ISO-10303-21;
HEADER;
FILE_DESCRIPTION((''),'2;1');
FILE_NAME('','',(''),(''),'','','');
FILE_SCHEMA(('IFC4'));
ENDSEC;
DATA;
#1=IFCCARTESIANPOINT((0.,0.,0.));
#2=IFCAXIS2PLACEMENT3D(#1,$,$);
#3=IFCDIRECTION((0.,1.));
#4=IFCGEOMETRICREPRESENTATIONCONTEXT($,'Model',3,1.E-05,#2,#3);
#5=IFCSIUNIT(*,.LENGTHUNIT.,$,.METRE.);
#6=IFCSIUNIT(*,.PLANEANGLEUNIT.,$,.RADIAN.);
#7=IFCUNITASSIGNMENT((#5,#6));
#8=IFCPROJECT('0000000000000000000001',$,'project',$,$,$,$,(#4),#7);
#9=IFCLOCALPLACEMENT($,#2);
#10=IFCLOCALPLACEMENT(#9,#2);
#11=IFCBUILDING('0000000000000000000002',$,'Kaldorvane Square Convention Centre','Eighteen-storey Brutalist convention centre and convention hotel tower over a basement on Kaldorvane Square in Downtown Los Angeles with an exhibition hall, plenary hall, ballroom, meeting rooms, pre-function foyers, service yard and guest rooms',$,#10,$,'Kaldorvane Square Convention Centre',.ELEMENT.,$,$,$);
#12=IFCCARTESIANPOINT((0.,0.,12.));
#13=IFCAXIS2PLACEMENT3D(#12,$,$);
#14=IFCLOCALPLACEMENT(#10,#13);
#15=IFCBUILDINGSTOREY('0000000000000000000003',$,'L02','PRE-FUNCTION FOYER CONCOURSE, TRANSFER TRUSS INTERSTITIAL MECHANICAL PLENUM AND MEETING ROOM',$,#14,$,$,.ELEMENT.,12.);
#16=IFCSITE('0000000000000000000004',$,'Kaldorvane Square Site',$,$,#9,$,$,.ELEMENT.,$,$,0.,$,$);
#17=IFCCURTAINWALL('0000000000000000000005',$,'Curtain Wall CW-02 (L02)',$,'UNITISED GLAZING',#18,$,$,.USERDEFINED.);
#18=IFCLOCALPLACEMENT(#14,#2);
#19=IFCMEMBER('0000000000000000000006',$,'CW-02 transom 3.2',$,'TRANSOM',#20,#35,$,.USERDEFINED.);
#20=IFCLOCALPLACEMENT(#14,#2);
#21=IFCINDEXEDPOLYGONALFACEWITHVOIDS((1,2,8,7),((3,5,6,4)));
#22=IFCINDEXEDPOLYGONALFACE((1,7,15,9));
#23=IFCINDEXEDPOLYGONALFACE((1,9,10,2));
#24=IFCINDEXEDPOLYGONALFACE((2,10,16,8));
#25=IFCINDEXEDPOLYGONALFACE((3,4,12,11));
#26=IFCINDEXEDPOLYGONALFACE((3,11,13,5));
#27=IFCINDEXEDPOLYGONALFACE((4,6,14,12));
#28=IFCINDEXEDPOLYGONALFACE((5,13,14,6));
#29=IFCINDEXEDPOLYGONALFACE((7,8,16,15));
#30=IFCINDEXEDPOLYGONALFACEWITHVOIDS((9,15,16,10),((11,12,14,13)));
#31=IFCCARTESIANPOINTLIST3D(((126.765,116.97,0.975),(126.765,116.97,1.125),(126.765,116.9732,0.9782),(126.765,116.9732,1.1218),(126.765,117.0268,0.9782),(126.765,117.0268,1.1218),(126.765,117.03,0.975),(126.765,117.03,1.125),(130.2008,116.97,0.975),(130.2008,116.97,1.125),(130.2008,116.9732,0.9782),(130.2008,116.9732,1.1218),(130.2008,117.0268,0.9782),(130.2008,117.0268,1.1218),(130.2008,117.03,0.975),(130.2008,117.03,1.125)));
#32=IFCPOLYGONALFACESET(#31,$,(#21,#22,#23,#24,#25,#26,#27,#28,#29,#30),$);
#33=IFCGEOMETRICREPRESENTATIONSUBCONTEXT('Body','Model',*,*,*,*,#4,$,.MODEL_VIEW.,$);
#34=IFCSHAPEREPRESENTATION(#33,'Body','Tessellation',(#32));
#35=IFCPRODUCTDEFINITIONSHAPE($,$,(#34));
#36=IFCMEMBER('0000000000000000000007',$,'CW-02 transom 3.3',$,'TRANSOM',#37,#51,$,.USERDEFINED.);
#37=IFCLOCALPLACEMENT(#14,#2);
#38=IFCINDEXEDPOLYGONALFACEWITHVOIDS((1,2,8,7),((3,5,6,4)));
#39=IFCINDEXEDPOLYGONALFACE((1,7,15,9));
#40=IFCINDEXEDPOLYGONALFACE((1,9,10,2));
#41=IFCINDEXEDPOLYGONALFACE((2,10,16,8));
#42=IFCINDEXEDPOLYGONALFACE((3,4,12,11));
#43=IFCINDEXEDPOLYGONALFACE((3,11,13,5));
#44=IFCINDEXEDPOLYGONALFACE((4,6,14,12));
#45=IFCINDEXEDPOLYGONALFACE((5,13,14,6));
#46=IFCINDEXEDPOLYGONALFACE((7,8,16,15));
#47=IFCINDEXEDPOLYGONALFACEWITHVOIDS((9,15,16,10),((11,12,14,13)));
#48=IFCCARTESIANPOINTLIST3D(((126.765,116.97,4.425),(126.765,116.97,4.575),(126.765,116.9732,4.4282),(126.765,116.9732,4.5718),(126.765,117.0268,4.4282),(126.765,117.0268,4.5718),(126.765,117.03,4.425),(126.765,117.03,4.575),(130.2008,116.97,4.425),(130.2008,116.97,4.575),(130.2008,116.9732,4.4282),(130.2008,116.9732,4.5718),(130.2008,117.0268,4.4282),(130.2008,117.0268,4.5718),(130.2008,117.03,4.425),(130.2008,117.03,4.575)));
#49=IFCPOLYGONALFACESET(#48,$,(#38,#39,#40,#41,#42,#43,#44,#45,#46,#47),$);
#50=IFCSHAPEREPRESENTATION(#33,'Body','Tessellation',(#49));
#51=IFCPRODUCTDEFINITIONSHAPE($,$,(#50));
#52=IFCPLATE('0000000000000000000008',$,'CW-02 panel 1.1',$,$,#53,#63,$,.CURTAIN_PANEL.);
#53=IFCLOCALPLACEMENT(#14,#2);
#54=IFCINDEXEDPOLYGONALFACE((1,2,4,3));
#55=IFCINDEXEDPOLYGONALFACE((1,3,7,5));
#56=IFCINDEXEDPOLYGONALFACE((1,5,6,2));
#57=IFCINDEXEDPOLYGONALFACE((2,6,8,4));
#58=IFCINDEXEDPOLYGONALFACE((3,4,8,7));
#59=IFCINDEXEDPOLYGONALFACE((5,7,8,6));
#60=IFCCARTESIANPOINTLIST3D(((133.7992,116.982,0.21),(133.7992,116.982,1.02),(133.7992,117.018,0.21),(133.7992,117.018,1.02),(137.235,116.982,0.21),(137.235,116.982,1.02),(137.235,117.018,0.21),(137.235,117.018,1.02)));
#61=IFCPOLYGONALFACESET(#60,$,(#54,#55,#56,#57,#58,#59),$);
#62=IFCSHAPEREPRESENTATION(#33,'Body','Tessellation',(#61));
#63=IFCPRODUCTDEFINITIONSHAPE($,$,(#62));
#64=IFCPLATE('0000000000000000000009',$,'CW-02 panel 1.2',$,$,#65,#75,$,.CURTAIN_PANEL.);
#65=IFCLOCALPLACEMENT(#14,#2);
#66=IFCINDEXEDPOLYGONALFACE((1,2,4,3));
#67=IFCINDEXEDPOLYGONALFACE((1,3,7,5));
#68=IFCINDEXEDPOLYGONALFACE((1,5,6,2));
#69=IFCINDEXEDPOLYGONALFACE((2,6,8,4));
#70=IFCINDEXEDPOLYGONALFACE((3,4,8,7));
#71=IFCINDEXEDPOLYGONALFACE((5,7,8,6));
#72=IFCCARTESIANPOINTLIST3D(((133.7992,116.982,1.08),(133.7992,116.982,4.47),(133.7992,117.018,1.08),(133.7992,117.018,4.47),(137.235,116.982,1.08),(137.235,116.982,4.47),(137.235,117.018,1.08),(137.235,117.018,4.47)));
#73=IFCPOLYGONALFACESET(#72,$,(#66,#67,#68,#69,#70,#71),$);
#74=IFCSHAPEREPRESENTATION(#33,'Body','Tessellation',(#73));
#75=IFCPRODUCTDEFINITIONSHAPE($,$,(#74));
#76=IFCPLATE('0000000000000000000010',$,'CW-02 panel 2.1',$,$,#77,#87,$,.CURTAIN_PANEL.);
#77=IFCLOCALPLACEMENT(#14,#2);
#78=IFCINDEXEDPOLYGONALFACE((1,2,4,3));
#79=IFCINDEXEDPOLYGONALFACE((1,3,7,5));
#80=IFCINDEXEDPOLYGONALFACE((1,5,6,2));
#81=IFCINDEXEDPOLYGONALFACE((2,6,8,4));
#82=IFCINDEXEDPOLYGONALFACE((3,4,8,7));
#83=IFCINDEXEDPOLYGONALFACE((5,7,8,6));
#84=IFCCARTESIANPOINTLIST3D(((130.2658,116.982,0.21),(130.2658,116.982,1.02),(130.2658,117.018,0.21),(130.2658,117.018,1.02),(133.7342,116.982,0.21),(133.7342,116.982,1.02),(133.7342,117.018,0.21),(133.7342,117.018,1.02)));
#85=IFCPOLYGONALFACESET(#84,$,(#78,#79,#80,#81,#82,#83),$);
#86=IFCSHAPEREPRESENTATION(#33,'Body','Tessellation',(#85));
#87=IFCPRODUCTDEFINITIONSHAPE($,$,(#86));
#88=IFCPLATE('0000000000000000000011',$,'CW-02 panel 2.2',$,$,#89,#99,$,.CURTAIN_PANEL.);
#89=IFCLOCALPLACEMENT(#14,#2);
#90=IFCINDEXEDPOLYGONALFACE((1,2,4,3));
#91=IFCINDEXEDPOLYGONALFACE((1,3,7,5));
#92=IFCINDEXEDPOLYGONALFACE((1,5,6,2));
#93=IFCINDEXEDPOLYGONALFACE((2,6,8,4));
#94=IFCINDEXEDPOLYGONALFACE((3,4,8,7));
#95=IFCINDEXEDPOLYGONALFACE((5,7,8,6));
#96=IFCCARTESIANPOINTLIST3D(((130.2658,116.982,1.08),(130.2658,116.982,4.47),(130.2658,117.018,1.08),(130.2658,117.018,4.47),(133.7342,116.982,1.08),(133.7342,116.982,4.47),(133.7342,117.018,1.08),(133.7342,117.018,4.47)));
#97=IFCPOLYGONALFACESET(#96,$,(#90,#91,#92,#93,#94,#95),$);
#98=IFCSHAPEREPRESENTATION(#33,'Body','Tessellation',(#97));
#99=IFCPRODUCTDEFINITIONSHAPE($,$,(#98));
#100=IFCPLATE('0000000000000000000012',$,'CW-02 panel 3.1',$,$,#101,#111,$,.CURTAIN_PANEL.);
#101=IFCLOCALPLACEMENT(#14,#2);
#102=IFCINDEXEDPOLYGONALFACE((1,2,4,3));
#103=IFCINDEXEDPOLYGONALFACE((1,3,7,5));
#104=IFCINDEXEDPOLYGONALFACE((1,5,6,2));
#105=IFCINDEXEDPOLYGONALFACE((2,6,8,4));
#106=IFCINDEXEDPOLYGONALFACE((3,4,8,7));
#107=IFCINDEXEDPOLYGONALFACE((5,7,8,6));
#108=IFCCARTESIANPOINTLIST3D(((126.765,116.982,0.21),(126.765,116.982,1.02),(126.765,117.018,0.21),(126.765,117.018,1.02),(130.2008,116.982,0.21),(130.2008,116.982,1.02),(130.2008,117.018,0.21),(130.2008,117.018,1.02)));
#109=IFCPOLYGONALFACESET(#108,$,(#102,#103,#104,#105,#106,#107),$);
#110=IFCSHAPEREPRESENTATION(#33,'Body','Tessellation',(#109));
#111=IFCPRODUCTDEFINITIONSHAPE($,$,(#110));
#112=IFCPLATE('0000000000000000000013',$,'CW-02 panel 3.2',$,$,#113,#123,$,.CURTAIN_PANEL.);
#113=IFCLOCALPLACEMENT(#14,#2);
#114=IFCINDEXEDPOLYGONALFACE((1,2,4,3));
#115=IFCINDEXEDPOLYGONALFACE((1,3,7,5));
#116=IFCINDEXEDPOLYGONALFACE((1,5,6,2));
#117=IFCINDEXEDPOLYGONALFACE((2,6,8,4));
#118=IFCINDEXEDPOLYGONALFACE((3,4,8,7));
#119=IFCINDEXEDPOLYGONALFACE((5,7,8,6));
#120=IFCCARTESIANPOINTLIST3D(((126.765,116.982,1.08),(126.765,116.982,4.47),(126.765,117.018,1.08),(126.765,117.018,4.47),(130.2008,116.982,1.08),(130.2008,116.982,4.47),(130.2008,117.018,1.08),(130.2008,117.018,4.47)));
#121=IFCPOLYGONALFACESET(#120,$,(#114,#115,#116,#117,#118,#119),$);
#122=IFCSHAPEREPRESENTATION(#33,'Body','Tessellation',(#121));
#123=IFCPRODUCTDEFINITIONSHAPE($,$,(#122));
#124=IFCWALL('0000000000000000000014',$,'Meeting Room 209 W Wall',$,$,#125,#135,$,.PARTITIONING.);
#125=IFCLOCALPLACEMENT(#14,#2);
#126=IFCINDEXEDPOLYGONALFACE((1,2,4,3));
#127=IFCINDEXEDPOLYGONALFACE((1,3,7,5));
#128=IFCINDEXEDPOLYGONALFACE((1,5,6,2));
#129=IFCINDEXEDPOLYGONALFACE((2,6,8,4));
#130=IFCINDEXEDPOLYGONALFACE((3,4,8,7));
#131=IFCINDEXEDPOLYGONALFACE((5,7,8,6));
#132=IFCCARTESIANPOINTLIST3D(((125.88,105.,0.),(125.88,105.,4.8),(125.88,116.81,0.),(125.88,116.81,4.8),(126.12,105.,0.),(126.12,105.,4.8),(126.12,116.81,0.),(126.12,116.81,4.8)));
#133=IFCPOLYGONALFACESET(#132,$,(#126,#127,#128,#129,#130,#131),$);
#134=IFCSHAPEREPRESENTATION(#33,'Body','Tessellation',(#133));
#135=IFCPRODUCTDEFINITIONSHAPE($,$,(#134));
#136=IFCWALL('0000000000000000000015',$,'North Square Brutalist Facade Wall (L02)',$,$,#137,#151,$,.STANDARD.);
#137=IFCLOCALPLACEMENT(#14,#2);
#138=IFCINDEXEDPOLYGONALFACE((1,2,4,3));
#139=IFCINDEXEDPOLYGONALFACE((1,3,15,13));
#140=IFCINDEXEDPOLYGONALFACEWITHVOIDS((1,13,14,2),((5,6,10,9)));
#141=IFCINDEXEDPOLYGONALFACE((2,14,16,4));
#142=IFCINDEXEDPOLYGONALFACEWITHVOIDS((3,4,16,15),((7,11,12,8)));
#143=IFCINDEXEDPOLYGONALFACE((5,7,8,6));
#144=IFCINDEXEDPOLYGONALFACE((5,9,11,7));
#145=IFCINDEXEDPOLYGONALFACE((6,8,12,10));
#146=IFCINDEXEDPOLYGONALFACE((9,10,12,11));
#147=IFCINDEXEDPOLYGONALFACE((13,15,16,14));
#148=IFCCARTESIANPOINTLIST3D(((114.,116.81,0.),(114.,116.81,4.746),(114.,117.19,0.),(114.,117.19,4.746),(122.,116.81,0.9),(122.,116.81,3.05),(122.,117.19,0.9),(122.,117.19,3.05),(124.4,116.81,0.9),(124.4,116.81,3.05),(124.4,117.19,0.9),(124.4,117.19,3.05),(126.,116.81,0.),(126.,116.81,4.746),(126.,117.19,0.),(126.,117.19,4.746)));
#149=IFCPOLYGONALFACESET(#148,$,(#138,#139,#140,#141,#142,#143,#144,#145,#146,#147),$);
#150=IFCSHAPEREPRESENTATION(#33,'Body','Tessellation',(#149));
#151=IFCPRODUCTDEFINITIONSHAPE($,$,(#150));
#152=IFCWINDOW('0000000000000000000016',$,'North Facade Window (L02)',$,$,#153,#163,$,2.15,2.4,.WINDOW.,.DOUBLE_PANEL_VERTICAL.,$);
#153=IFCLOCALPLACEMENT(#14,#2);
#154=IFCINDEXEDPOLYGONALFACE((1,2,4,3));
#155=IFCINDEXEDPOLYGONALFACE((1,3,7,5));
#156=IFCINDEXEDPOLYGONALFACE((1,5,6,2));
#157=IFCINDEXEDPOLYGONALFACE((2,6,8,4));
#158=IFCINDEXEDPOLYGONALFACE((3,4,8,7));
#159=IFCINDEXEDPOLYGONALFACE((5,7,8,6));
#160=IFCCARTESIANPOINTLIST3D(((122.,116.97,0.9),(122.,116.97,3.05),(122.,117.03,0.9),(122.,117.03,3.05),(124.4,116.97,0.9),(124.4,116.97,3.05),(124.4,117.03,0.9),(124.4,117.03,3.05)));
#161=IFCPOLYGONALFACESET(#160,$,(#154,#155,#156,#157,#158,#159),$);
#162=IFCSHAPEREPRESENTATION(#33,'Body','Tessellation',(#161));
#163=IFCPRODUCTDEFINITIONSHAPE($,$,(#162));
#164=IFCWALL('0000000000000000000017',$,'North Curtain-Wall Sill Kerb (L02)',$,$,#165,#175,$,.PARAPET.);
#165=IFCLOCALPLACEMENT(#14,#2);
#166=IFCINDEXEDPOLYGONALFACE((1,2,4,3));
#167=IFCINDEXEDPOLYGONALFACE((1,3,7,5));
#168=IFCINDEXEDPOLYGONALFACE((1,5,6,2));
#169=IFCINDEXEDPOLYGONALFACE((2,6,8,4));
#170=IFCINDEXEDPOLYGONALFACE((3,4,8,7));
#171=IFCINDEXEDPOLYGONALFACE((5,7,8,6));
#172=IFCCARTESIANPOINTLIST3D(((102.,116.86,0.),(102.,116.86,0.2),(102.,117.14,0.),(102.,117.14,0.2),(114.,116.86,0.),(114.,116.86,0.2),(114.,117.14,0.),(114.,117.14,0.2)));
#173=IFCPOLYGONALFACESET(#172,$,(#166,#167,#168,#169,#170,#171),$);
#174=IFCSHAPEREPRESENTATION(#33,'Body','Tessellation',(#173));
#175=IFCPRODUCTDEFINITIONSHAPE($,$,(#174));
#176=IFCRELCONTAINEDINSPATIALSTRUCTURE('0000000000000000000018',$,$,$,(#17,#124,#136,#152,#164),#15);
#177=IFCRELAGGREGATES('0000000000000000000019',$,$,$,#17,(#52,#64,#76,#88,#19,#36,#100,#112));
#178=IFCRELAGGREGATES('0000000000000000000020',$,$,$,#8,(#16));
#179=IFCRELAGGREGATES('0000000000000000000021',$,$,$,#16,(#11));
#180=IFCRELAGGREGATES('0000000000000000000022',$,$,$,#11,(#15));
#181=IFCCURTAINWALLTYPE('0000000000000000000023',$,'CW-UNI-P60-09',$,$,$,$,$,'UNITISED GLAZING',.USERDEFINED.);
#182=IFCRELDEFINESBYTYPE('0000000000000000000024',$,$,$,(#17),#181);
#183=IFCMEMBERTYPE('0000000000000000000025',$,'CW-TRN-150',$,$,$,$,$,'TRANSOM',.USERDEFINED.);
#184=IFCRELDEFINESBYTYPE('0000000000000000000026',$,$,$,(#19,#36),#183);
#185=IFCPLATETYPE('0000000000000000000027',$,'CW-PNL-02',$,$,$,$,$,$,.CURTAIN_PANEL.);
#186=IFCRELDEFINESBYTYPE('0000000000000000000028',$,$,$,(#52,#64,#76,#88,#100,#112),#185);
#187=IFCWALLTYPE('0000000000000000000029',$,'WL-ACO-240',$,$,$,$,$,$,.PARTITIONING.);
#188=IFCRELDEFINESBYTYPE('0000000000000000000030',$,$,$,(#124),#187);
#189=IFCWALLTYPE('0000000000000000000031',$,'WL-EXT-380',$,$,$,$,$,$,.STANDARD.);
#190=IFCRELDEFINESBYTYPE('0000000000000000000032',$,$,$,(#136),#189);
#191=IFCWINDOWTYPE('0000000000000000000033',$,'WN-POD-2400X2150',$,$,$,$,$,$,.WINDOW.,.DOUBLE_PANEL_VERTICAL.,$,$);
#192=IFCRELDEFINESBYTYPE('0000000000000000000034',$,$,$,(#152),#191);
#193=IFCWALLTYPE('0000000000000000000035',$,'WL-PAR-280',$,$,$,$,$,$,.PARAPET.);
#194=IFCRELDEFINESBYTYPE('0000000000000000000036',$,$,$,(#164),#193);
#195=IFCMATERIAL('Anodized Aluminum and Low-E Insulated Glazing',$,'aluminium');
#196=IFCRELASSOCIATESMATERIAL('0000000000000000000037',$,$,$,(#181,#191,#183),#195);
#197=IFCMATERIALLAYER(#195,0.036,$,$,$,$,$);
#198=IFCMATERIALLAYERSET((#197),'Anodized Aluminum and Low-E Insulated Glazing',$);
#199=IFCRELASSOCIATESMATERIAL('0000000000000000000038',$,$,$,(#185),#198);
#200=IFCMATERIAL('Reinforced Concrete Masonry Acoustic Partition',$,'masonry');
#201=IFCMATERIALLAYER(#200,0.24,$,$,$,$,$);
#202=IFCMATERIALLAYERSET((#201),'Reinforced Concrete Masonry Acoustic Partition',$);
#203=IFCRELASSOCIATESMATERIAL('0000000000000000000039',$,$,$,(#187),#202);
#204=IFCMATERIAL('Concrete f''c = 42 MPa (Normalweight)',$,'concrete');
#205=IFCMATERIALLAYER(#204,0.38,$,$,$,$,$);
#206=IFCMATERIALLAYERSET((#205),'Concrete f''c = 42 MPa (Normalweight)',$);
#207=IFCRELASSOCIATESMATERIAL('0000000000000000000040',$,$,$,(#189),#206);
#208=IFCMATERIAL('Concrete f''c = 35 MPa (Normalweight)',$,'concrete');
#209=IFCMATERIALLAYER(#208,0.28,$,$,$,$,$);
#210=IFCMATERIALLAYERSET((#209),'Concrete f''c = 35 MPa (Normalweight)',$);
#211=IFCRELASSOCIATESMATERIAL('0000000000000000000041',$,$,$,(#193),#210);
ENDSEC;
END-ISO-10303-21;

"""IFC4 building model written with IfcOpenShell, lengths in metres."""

from ifc_helpers import new_model, si_unit, direction, frame, frame_2d, origin, origin_2d, place, context, subcontext, project, spatial, rectangle, hollow_rectangle, extrude, material, layer, layer_set, material_profile, profile_set, type_object, element, fill, aggregate, save


model = new_model("IFC4")

# Units and contexts
model_context = context("Model", 3, precision=1e-05, world=origin(), true_north=direction((0.0, 1.0)))
body_context = subcontext(model_context, "Body", "Model", "MODEL_VIEW")
ifc_project = project(units=[si_unit("LENGTHUNIT", "METRE"), si_unit("PLANEANGLEUNIT", "RADIAN")], contexts=[model_context])

# Site, building, storey
site_placement = place(None, origin())
site = spatial("IfcSite", under=ifc_project, at=site_placement, Name="Kaldorvane Square Site", CompositionType="ELEMENT", RefElevation=0.0)
building_placement = place(site_placement, origin())
building = spatial("IfcBuilding", under=site, at=building_placement, Name="Kaldorvane Square Convention Centre", Description="Eighteen-storey Brutalist convention centre and convention hotel tower over a basement on Kaldorvane Square in Downtown Los Angeles with an exhibition hall, plenary hall, ballroom, meeting rooms, pre-function foyers, service yard and guest rooms", LongName="Kaldorvane Square Convention Centre", CompositionType="ELEMENT")
storey_placement = place(building_placement, frame((0.0, 0.0, 12.0)))
storey = spatial("IfcBuildingStorey", under=building, at=storey_placement, Name="L02", Description="PRE-FUNCTION FOYER CONCOURSE, TRANSFER TRUSS INTERSTITIAL MECHANICAL PLENUM AND MEETING ROOM", CompositionType="ELEMENT", Elevation=12.0)

# Shared definitions
ifc_material_1 = material(Name="Concrete f'c = 42 MPa (Normalweight)", Category="concrete")

# Curtain wall, members, plates
ifc_material_2 = material(Name="Anodized Aluminum and Low-E Insulated Glazing", Category="aluminium")
curtain_wall_type = type_object("IfcCurtainWallType", Name="CW-UNI-P60-09", ElementType="UNITISED GLAZING", PredefinedType="USERDEFINED", material=ifc_material_2)
curtain_wall_placement = place(storey_placement, origin())
curtain_wall = element("IfcCurtainWall", 1, at=curtain_wall_placement, inside=storey, type_object=curtain_wall_type, Name="Curtain Wall CW-02 (L02)", ObjectType="UNITISED GLAZING", PredefinedType="USERDEFINED")
ifc_material_profile_1 = material_profile(ifc_material_2, hollow_rectangle(XDim=0.06, YDim=0.15, WallThickness=0.0032, at=origin_2d()), Name="CWT-150X60")
ifc_profile_set_1 = profile_set([ifc_material_profile_1], Name="Anodized Aluminum and Low-E Insulated Glazing")
member_type_1 = type_object("IfcMemberType", Name="CW-TRN-150", ElementType="TRANSOM", PredefinedType="USERDEFINED", material=ifc_profile_set_1)
member_1_placement = place(storey_placement, frame((130.2008, 117.0, 1.05), z_axis=(-1.0, 0.0, 0.0), x_axis=(0.0, -1.0, 0.0)))
member_1 = element("IfcMember", 2, at=member_1_placement, type_object=member_type_1, Name="CW-02 transom 3.2", ObjectType="TRANSOM", PredefinedType="USERDEFINED", context=body_context, shape_type="SweptSolid", body=[
    extrude(hollow_rectangle(XDim=0.06, YDim=0.15, WallThickness=0.0032, at=origin_2d()), origin(), (0.0, 0.0, 1.0), 3.4358),
])
member_2_placement = place(storey_placement, frame((130.2008, 117.0, 4.5), z_axis=(-1.0, 0.0, 0.0), x_axis=(0.0, -1.0, 0.0)))
member_2 = element("IfcMember", 3, at=member_2_placement, type_object=member_type_1, Name="CW-02 transom 3.3", ObjectType="TRANSOM", PredefinedType="USERDEFINED", context=body_context, shape_type="SweptSolid", body=[
    extrude(hollow_rectangle(XDim=0.06, YDim=0.15, WallThickness=0.0032, at=origin_2d()), origin(), (0.0, 0.0, 1.0), 3.4358),
])
ifc_layer_1 = layer(ifc_material_2, 0.036)
ifc_layer_set_1 = layer_set([ifc_layer_1], Name="Anodized Aluminum and Low-E Insulated Glazing")
plate_type = type_object("IfcPlateType", Name="CW-PNL-02", PredefinedType="CURTAIN_PANEL", material=ifc_layer_set_1)
plate_1_placement = place(storey_placement, frame((135.5171, 117.0, 0.21), z_axis=(0.0, 0.0, 1.0), x_axis=(-1.0, 0.0, 0.0)))
plate_1 = element("IfcPlate", 4, at=plate_1_placement, type_object=plate_type, Name="CW-02 panel 1.1", PredefinedType="CURTAIN_PANEL", context=body_context, shape_type="SweptSolid", body=[
    extrude(rectangle(XDim=3.4358, YDim=0.036, at=origin_2d()), origin(), (0.0, 0.0, 1.0), 0.81),
])
plate_2_placement = place(storey_placement, frame((135.5171, 117.0, 1.08), z_axis=(0.0, 0.0, 1.0), x_axis=(-1.0, 0.0, 0.0)))
plate_2 = element("IfcPlate", 5, at=plate_2_placement, type_object=plate_type, Name="CW-02 panel 1.2", PredefinedType="CURTAIN_PANEL", context=body_context, shape_type="SweptSolid", body=[
    extrude(rectangle(XDim=3.4358, YDim=0.036, at=origin_2d()), origin(), (0.0, 0.0, 1.0), 3.39),
])
plate_3_placement = place(storey_placement, frame((132.0, 117.0, 0.21), z_axis=(0.0, 0.0, 1.0), x_axis=(-1.0, 0.0, 0.0)))
plate_3 = element("IfcPlate", 6, at=plate_3_placement, type_object=plate_type, Name="CW-02 panel 2.1", PredefinedType="CURTAIN_PANEL", context=body_context, shape_type="SweptSolid", body=[
    extrude(rectangle(XDim=3.4683, YDim=0.036, at=origin_2d()), origin(), (0.0, 0.0, 1.0), 0.81),
])
plate_4_placement = place(storey_placement, frame((132.0, 117.0, 1.08), z_axis=(0.0, 0.0, 1.0), x_axis=(-1.0, 0.0, 0.0)))
plate_4 = element("IfcPlate", 7, at=plate_4_placement, type_object=plate_type, Name="CW-02 panel 2.2", PredefinedType="CURTAIN_PANEL", context=body_context, shape_type="SweptSolid", body=[
    extrude(rectangle(XDim=3.4683, YDim=0.036, at=origin_2d()), origin(), (0.0, 0.0, 1.0), 3.39),
])
plate_5_placement = place(storey_placement, frame((128.4829, 117.0, 0.21), z_axis=(0.0, 0.0, 1.0), x_axis=(-1.0, 0.0, 0.0)))
plate_5 = element("IfcPlate", 8, at=plate_5_placement, type_object=plate_type, Name="CW-02 panel 3.1", PredefinedType="CURTAIN_PANEL", context=body_context, shape_type="SweptSolid", body=[
    extrude(rectangle(XDim=3.4358, YDim=0.036, at=origin_2d()), origin(), (0.0, 0.0, 1.0), 0.81),
])
plate_6_placement = place(storey_placement, frame((128.4829, 117.0, 1.08), z_axis=(0.0, 0.0, 1.0), x_axis=(-1.0, 0.0, 0.0)))
plate_6 = element("IfcPlate", 9, at=plate_6_placement, type_object=plate_type, Name="CW-02 panel 3.2", PredefinedType="CURTAIN_PANEL", context=body_context, shape_type="SweptSolid", body=[
    extrude(rectangle(XDim=3.4358, YDim=0.036, at=origin_2d()), origin(), (0.0, 0.0, 1.0), 3.39),
])
aggregate(curtain_wall, [plate_1, plate_2, plate_3, plate_4, member_1, member_2, plate_5, plate_6])

# Wall
ifc_material_3 = material(Name="Reinforced Concrete Masonry Acoustic Partition", Category="masonry")
ifc_layer_2 = layer(ifc_material_3, 0.24)
ifc_layer_set_2 = layer_set([ifc_layer_2], Name="Reinforced Concrete Masonry Acoustic Partition")
wall_type_1 = type_object("IfcWallType", Name="WL-ACO-240", PredefinedType="PARTITIONING", material=ifc_layer_set_2)
wall_1_placement = place(storey_placement, frame((126.0, 116.81, 0.0), z_axis=(0.0, 0.0, 1.0), x_axis=(0.0, -1.0, 0.0)))
element("IfcWall", 10, at=wall_1_placement, inside=storey, type_object=wall_type_1, Name="Meeting Room 209 W Wall", PredefinedType="PARTITIONING", context=body_context, shape_type="SweptSolid", body=[
    extrude(rectangle(XDim=11.81, YDim=0.24, at=frame_2d((5.905, 0.0))), origin(), (0.0, 0.0, 1.0), 4.8),
])

# Wall, opening, window
ifc_layer_3 = layer(ifc_material_1, 0.38)
ifc_layer_set_3 = layer_set([ifc_layer_3], Name="Concrete f'c = 42 MPa (Normalweight)")
wall_type_2 = type_object("IfcWallType", Name="WL-EXT-380", PredefinedType="STANDARD", material=ifc_layer_set_3)
wall_2_placement = place(storey_placement, frame((126.0, 117.0, 0.0), z_axis=(0.0, 0.0, 1.0), x_axis=(-1.0, 0.0, 0.0)))
wall_2 = element("IfcWall", 11, at=wall_2_placement, inside=storey, type_object=wall_type_2, Name="North Square Brutalist Facade Wall (L02)", PredefinedType="STANDARD", context=body_context, shape_type="SweptSolid", body=[
    extrude(rectangle(XDim=12.0, YDim=0.38, at=frame_2d((6.0, 0.0))), origin(), (0.0, 0.0, 1.0), 4.746),
])
opening_placement = place(wall_2_placement, frame((1.6, 0.0, 0.9)))
opening = element("IfcOpeningElement", 12, at=opening_placement, cuts=wall_2, PredefinedType="OPENING", context=body_context, shape_type="SweptSolid", body=[
    extrude(rectangle(XDim=2.4, YDim=2.15, at=frame_2d((1.2, 1.075))), frame((0.0, 0.205, 0.0), z_axis=(0.0, -1.0, 0.0), x_axis=(1.0, 0.0, 0.0)), (0.0, 0.0, 1.0), 0.41),
])
window_type = type_object("IfcWindowType", Name="WN-POD-2400X2150", PartitioningType="DOUBLE_PANEL_VERTICAL", PredefinedType="WINDOW", material=ifc_material_2)
window_placement = place(opening_placement, origin())
window = element("IfcWindow", 13, at=window_placement, inside=storey, type_object=window_type, Name="North Facade Window (L02)", OverallHeight=2.15, OverallWidth=2.4, PartitioningType="DOUBLE_PANEL_VERTICAL", PredefinedType="WINDOW", context=body_context, shape_type="SweptSolid", body=[
    extrude(rectangle(XDim=2.4, YDim=2.15, at=frame_2d((1.2, 1.075))), frame((0.0, 0.03, 0.0), z_axis=(0.0, -1.0, 0.0), x_axis=(1.0, 0.0, 0.0)), (0.0, 0.0, 1.0), 0.06),
])
fill(opening, window)

# Wall
ifc_material_4 = material(Name="Concrete f'c = 35 MPa (Normalweight)", Category="concrete")
ifc_layer_4 = layer(ifc_material_4, 0.28)
ifc_layer_set_4 = layer_set([ifc_layer_4], Name="Concrete f'c = 35 MPa (Normalweight)")
wall_type_3 = type_object("IfcWallType", Name="WL-PAR-280", PredefinedType="PARAPET", material=ifc_layer_set_4)
wall_3_placement = place(storey_placement, frame((114.0, 117.0, 0.0), z_axis=(0.0, 0.0, 1.0), x_axis=(-1.0, 0.0, 0.0)))
element("IfcWall", 14, at=wall_3_placement, inside=storey, type_object=wall_type_3, Name="North Curtain-Wall Sill Kerb (L02)", PredefinedType="PARAPET", context=body_context, shape_type="SweptSolid", body=[
    extrude(rectangle(XDim=12.0, YDim=0.28, at=frame_2d((6.0, 0.0))), origin(), (0.0, 0.0, 1.0), 0.2),
])

save(model, "model.ifc")
